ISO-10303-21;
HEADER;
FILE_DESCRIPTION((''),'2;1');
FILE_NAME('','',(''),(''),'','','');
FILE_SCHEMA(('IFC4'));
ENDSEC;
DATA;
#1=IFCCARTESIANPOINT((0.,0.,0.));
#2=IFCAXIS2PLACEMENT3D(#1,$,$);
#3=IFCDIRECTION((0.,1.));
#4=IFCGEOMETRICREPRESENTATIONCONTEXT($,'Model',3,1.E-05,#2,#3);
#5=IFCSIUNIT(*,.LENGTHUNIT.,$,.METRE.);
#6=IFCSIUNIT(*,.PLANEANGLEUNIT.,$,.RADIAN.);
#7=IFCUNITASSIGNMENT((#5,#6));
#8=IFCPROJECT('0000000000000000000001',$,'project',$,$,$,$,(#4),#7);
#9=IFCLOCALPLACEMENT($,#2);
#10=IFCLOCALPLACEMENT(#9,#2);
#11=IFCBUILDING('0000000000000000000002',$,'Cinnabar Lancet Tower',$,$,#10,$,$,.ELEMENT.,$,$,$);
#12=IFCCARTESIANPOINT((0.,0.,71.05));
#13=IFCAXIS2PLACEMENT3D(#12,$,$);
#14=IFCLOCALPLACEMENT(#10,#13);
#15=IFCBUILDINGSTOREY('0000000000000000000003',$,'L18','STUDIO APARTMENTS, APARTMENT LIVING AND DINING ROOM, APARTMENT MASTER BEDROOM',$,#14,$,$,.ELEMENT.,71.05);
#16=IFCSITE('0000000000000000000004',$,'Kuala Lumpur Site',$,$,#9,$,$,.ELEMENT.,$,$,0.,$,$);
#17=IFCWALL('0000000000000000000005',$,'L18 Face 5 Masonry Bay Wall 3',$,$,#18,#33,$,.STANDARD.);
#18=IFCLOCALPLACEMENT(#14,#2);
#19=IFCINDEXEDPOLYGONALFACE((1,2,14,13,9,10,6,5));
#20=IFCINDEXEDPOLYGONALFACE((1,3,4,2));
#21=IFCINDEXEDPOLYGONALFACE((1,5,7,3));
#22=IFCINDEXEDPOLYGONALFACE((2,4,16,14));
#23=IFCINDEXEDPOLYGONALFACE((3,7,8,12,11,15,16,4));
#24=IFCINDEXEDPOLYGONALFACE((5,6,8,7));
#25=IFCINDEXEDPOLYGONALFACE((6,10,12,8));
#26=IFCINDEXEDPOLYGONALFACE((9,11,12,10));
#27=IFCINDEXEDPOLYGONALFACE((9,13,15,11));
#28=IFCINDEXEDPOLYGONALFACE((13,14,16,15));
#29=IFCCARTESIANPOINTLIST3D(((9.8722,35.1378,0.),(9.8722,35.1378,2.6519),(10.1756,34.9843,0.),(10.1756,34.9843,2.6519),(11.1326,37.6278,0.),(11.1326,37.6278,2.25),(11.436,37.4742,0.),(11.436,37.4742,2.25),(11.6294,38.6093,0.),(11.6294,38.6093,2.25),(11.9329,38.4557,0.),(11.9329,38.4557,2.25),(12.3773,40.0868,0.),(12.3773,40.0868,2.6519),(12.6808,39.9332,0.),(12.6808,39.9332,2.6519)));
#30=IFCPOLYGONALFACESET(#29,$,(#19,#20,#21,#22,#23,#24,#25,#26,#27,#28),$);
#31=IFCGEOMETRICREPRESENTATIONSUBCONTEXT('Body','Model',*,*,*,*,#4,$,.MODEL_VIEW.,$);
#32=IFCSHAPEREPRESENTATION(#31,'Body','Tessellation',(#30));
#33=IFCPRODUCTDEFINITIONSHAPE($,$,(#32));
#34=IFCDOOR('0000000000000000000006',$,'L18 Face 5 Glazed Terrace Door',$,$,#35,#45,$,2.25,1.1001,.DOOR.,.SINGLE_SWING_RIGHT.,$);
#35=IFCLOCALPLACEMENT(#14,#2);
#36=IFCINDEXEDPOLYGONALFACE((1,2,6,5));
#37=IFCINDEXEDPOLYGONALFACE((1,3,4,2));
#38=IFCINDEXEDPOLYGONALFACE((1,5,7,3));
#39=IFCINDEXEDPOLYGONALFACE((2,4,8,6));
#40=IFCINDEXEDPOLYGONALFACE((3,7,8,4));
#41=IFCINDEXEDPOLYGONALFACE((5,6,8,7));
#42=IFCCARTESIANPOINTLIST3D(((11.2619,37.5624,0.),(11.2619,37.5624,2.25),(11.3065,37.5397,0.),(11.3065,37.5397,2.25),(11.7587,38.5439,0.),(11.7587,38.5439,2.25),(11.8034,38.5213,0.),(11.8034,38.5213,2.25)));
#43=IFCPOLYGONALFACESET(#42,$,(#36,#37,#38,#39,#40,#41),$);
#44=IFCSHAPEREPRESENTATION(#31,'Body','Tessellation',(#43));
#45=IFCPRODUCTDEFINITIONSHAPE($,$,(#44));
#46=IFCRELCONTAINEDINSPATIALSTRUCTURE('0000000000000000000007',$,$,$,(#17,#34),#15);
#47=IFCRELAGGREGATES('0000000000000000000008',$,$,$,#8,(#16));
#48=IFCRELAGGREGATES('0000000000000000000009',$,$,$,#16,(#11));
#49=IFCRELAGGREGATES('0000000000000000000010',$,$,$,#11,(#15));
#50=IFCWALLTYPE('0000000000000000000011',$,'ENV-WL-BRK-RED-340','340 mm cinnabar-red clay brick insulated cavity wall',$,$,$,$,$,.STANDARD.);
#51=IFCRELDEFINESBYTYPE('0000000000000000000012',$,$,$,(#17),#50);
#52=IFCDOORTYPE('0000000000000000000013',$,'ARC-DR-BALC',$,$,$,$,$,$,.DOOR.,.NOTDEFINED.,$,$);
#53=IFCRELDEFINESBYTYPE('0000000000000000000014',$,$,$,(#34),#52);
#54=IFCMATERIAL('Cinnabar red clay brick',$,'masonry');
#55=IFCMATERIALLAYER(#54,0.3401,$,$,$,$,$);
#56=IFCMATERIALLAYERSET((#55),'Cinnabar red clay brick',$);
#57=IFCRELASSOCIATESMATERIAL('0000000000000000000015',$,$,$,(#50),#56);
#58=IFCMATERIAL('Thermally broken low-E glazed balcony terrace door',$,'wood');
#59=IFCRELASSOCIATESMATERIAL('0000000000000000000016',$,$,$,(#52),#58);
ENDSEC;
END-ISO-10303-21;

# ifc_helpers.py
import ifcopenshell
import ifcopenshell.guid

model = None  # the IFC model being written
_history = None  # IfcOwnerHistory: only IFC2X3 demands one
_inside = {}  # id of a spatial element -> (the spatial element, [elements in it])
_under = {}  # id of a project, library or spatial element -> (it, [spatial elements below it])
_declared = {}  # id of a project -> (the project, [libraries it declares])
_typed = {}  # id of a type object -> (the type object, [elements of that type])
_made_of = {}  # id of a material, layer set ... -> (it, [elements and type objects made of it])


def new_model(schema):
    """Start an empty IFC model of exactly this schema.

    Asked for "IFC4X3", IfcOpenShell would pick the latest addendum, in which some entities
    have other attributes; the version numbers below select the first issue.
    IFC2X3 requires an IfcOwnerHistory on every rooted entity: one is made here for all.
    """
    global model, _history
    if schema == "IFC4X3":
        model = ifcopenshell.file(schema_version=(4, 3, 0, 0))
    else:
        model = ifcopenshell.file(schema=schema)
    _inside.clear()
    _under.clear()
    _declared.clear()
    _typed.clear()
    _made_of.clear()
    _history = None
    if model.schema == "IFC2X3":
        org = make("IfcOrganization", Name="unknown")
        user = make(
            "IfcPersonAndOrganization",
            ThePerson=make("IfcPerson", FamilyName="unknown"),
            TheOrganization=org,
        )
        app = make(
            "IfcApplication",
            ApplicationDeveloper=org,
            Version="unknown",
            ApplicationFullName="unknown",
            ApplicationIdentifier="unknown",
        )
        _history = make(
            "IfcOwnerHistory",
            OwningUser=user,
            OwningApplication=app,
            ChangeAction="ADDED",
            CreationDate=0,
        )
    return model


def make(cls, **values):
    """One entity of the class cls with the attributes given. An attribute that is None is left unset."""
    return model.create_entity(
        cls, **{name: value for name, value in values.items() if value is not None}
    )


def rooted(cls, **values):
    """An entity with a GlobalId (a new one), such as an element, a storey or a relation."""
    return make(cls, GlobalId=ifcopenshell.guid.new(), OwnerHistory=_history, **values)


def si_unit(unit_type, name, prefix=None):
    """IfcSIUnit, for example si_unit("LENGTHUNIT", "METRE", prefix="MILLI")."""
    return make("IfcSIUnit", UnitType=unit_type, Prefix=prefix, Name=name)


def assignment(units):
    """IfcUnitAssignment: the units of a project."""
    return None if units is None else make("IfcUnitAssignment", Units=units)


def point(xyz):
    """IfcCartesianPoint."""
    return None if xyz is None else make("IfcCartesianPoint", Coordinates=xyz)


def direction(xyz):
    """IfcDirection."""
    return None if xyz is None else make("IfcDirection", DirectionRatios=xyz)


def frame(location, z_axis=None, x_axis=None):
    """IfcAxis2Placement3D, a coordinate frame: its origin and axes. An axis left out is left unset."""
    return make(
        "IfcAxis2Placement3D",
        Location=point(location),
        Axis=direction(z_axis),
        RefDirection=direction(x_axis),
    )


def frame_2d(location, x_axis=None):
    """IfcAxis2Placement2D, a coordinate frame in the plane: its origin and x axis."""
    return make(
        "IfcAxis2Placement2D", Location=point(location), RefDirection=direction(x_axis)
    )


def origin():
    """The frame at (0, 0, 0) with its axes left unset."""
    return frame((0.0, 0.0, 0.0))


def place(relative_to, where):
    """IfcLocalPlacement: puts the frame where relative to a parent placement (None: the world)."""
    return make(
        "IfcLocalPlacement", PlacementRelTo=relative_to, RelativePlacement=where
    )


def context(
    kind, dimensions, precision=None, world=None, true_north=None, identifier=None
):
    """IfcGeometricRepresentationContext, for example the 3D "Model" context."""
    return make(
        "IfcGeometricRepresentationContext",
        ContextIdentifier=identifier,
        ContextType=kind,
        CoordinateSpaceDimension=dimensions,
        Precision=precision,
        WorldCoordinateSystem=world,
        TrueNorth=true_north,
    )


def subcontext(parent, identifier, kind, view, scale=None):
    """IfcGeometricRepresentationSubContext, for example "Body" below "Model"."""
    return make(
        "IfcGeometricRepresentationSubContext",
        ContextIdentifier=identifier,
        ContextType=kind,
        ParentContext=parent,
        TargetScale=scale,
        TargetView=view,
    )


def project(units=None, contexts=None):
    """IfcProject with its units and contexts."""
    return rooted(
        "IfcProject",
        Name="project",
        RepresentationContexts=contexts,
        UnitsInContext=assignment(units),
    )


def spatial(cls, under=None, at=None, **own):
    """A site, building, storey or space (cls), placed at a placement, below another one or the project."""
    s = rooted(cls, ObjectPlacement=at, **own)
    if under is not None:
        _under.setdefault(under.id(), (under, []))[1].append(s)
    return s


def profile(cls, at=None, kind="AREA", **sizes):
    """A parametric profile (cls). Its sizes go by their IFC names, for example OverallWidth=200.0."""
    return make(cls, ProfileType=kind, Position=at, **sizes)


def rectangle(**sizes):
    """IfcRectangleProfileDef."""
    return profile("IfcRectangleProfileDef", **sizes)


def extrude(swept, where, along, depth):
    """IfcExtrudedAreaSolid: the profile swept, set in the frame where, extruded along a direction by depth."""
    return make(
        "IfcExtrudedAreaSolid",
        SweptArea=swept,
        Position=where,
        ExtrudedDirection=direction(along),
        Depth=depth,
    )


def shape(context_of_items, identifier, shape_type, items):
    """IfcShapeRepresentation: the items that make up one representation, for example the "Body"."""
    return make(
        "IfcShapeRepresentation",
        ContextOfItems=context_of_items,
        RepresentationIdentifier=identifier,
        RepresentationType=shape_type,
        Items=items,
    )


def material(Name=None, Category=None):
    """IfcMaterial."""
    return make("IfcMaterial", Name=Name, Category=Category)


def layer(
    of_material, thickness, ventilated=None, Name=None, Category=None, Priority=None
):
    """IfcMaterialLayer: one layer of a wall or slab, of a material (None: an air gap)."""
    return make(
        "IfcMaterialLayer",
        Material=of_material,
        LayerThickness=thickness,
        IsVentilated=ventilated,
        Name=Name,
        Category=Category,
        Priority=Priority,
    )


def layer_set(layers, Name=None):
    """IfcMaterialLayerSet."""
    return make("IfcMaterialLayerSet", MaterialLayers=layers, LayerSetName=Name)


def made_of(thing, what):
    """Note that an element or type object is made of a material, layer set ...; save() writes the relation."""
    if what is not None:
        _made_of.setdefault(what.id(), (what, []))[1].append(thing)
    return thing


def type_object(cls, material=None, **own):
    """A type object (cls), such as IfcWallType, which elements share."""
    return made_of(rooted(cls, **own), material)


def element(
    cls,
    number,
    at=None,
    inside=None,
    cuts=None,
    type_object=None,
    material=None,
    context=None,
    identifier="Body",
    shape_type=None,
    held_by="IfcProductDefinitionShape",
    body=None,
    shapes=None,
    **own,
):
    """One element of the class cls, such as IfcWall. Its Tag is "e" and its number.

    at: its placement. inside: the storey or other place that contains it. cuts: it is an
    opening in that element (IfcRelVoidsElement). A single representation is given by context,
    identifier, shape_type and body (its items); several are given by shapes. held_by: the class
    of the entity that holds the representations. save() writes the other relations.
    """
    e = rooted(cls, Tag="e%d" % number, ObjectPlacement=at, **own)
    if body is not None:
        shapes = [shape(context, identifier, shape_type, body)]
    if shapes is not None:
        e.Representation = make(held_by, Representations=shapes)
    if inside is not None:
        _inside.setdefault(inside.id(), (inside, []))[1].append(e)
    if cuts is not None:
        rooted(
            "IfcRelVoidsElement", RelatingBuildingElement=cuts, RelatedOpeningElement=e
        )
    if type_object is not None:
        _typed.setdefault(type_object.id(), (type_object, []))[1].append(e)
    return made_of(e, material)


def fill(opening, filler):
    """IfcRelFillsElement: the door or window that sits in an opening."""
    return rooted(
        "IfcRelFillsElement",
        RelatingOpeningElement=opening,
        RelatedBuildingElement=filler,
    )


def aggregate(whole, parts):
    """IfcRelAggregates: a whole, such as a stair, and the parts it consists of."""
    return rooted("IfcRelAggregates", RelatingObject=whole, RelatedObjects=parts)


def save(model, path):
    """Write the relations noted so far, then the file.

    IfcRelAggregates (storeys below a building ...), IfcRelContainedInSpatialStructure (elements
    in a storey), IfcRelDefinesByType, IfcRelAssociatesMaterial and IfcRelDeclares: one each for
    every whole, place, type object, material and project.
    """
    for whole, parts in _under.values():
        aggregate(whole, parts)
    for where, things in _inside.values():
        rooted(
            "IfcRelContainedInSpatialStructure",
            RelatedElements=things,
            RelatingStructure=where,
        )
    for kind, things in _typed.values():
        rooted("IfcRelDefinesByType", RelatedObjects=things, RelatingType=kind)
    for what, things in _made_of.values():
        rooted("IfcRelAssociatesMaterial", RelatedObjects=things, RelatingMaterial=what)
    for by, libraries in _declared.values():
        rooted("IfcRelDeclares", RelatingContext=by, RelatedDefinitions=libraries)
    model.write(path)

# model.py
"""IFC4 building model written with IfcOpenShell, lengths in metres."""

from ifc_helpers import new_model, si_unit, direction, frame, frame_2d, origin, place, context, subcontext, project, spatial, rectangle, extrude, material, layer, layer_set, type_object, element, fill, save


model = new_model("IFC4")

# Units and contexts
model_context = context("Model", 3, precision=1e-05, world=origin(), true_north=direction((0.0, 1.0)))
body_context = subcontext(model_context, "Body", "Model", "MODEL_VIEW")
ifc_project = project(units=[si_unit("LENGTHUNIT", "METRE"), si_unit("PLANEANGLEUNIT", "RADIAN")], contexts=[model_context])

# Site, building, storey
site_placement = place(None, origin())
site = spatial("IfcSite", under=ifc_project, at=site_placement, Name="Kuala Lumpur Site", CompositionType="ELEMENT", RefElevation=0.0)
building_placement = place(site_placement, origin())
building = spatial("IfcBuilding", under=site, at=building_placement, Name="Cinnabar Lancet Tower", CompositionType="ELEMENT")
storey_placement = place(building_placement, frame((0.0, 0.0, 71.05)))
storey = spatial("IfcBuildingStorey", under=building, at=storey_placement, Name="L18", Description="STUDIO APARTMENTS, APARTMENT LIVING AND DINING ROOM, APARTMENT MASTER BEDROOM", CompositionType="ELEMENT", Elevation=71.05)

# Shared definitions
ifc_material_1 = material(Name="Cinnabar red clay brick", Category="masonry")
ifc_layer_1 = layer(ifc_material_1, 0.3401)
ifc_layer_set_1 = layer_set([ifc_layer_1], Name="Cinnabar red clay brick")
wall_type_1 = type_object("IfcWallType", Name="ENV-WL-BRK-RED-340", Description="340 mm cinnabar-red clay brick insulated cavity wall", PredefinedType="STANDARD", material=ifc_layer_set_1)

# Wall, opening, door
wall_1_placement = place(storey_placement, frame((12.5291, 40.01, 0.0), z_axis=(0.0, 0.0, 1.0), x_axis=(-0.451627, -0.892207, 0.0)))
wall_1 = element("IfcWall", 1, at=wall_1_placement, inside=storey, type_object=wall_type_1, Name="L18 Face 5 Masonry Bay Wall 3", PredefinedType="STANDARD", context=body_context, shape_type="SweptSolid", body=[
    extrude(rectangle(XDim=5.5469, YDim=0.3401, at=frame_2d((2.7734, 0.0))), origin(), (0.0, 0.0, 1.0), 2.6519),
])
opening_1_placement = place(wall_1_placement, frame((1.656, 0.0, 0.0)))
opening_1 = element("IfcOpeningElement", 2, at=opening_1_placement, cuts=wall_1, PredefinedType="OPENING", context=body_context, shape_type="SweptSolid", body=[
    extrude(rectangle(XDim=1.1001, YDim=2.25, at=frame_2d((0.55, 1.125))), frame((0.0, 0.1799, 0.0), z_axis=(0.0, -1.0, 0.0), x_axis=(1.0, 0.0, 0.0)), (0.0, 0.0, 1.0), 0.3601),
])
ifc_material_2 = material(Name="Thermally broken low-E glazed balcony terrace door", Category="wood")
door_type_1 = type_object("IfcDoorType", Name="ARC-DR-BALC", OperationType="NOTDEFINED", PredefinedType="DOOR", material=ifc_material_2)
door_1_placement = place(opening_1_placement, origin())
door_1 = element("IfcDoor", 3, at=door_1_placement, inside=storey, type_object=door_type_1, Name="L18 Face 5 Glazed Terrace Door", OperationType="SINGLE_SWING_RIGHT", OverallHeight=2.25, OverallWidth=1.1001, PredefinedType="DOOR", context=body_context, shape_type="SweptSolid", body=[
    extrude(rectangle(XDim=1.1001, YDim=2.25, at=frame_2d((0.55, 1.125))), frame((0.0, 0.0249, 0.0), z_axis=(0.0, -1.0, 0.0), x_axis=(1.0, 0.0, 0.0)), (0.0, 0.0, 1.0), 0.05),
])
fill(opening_1, door_1)

save(model, "model.ifc")
